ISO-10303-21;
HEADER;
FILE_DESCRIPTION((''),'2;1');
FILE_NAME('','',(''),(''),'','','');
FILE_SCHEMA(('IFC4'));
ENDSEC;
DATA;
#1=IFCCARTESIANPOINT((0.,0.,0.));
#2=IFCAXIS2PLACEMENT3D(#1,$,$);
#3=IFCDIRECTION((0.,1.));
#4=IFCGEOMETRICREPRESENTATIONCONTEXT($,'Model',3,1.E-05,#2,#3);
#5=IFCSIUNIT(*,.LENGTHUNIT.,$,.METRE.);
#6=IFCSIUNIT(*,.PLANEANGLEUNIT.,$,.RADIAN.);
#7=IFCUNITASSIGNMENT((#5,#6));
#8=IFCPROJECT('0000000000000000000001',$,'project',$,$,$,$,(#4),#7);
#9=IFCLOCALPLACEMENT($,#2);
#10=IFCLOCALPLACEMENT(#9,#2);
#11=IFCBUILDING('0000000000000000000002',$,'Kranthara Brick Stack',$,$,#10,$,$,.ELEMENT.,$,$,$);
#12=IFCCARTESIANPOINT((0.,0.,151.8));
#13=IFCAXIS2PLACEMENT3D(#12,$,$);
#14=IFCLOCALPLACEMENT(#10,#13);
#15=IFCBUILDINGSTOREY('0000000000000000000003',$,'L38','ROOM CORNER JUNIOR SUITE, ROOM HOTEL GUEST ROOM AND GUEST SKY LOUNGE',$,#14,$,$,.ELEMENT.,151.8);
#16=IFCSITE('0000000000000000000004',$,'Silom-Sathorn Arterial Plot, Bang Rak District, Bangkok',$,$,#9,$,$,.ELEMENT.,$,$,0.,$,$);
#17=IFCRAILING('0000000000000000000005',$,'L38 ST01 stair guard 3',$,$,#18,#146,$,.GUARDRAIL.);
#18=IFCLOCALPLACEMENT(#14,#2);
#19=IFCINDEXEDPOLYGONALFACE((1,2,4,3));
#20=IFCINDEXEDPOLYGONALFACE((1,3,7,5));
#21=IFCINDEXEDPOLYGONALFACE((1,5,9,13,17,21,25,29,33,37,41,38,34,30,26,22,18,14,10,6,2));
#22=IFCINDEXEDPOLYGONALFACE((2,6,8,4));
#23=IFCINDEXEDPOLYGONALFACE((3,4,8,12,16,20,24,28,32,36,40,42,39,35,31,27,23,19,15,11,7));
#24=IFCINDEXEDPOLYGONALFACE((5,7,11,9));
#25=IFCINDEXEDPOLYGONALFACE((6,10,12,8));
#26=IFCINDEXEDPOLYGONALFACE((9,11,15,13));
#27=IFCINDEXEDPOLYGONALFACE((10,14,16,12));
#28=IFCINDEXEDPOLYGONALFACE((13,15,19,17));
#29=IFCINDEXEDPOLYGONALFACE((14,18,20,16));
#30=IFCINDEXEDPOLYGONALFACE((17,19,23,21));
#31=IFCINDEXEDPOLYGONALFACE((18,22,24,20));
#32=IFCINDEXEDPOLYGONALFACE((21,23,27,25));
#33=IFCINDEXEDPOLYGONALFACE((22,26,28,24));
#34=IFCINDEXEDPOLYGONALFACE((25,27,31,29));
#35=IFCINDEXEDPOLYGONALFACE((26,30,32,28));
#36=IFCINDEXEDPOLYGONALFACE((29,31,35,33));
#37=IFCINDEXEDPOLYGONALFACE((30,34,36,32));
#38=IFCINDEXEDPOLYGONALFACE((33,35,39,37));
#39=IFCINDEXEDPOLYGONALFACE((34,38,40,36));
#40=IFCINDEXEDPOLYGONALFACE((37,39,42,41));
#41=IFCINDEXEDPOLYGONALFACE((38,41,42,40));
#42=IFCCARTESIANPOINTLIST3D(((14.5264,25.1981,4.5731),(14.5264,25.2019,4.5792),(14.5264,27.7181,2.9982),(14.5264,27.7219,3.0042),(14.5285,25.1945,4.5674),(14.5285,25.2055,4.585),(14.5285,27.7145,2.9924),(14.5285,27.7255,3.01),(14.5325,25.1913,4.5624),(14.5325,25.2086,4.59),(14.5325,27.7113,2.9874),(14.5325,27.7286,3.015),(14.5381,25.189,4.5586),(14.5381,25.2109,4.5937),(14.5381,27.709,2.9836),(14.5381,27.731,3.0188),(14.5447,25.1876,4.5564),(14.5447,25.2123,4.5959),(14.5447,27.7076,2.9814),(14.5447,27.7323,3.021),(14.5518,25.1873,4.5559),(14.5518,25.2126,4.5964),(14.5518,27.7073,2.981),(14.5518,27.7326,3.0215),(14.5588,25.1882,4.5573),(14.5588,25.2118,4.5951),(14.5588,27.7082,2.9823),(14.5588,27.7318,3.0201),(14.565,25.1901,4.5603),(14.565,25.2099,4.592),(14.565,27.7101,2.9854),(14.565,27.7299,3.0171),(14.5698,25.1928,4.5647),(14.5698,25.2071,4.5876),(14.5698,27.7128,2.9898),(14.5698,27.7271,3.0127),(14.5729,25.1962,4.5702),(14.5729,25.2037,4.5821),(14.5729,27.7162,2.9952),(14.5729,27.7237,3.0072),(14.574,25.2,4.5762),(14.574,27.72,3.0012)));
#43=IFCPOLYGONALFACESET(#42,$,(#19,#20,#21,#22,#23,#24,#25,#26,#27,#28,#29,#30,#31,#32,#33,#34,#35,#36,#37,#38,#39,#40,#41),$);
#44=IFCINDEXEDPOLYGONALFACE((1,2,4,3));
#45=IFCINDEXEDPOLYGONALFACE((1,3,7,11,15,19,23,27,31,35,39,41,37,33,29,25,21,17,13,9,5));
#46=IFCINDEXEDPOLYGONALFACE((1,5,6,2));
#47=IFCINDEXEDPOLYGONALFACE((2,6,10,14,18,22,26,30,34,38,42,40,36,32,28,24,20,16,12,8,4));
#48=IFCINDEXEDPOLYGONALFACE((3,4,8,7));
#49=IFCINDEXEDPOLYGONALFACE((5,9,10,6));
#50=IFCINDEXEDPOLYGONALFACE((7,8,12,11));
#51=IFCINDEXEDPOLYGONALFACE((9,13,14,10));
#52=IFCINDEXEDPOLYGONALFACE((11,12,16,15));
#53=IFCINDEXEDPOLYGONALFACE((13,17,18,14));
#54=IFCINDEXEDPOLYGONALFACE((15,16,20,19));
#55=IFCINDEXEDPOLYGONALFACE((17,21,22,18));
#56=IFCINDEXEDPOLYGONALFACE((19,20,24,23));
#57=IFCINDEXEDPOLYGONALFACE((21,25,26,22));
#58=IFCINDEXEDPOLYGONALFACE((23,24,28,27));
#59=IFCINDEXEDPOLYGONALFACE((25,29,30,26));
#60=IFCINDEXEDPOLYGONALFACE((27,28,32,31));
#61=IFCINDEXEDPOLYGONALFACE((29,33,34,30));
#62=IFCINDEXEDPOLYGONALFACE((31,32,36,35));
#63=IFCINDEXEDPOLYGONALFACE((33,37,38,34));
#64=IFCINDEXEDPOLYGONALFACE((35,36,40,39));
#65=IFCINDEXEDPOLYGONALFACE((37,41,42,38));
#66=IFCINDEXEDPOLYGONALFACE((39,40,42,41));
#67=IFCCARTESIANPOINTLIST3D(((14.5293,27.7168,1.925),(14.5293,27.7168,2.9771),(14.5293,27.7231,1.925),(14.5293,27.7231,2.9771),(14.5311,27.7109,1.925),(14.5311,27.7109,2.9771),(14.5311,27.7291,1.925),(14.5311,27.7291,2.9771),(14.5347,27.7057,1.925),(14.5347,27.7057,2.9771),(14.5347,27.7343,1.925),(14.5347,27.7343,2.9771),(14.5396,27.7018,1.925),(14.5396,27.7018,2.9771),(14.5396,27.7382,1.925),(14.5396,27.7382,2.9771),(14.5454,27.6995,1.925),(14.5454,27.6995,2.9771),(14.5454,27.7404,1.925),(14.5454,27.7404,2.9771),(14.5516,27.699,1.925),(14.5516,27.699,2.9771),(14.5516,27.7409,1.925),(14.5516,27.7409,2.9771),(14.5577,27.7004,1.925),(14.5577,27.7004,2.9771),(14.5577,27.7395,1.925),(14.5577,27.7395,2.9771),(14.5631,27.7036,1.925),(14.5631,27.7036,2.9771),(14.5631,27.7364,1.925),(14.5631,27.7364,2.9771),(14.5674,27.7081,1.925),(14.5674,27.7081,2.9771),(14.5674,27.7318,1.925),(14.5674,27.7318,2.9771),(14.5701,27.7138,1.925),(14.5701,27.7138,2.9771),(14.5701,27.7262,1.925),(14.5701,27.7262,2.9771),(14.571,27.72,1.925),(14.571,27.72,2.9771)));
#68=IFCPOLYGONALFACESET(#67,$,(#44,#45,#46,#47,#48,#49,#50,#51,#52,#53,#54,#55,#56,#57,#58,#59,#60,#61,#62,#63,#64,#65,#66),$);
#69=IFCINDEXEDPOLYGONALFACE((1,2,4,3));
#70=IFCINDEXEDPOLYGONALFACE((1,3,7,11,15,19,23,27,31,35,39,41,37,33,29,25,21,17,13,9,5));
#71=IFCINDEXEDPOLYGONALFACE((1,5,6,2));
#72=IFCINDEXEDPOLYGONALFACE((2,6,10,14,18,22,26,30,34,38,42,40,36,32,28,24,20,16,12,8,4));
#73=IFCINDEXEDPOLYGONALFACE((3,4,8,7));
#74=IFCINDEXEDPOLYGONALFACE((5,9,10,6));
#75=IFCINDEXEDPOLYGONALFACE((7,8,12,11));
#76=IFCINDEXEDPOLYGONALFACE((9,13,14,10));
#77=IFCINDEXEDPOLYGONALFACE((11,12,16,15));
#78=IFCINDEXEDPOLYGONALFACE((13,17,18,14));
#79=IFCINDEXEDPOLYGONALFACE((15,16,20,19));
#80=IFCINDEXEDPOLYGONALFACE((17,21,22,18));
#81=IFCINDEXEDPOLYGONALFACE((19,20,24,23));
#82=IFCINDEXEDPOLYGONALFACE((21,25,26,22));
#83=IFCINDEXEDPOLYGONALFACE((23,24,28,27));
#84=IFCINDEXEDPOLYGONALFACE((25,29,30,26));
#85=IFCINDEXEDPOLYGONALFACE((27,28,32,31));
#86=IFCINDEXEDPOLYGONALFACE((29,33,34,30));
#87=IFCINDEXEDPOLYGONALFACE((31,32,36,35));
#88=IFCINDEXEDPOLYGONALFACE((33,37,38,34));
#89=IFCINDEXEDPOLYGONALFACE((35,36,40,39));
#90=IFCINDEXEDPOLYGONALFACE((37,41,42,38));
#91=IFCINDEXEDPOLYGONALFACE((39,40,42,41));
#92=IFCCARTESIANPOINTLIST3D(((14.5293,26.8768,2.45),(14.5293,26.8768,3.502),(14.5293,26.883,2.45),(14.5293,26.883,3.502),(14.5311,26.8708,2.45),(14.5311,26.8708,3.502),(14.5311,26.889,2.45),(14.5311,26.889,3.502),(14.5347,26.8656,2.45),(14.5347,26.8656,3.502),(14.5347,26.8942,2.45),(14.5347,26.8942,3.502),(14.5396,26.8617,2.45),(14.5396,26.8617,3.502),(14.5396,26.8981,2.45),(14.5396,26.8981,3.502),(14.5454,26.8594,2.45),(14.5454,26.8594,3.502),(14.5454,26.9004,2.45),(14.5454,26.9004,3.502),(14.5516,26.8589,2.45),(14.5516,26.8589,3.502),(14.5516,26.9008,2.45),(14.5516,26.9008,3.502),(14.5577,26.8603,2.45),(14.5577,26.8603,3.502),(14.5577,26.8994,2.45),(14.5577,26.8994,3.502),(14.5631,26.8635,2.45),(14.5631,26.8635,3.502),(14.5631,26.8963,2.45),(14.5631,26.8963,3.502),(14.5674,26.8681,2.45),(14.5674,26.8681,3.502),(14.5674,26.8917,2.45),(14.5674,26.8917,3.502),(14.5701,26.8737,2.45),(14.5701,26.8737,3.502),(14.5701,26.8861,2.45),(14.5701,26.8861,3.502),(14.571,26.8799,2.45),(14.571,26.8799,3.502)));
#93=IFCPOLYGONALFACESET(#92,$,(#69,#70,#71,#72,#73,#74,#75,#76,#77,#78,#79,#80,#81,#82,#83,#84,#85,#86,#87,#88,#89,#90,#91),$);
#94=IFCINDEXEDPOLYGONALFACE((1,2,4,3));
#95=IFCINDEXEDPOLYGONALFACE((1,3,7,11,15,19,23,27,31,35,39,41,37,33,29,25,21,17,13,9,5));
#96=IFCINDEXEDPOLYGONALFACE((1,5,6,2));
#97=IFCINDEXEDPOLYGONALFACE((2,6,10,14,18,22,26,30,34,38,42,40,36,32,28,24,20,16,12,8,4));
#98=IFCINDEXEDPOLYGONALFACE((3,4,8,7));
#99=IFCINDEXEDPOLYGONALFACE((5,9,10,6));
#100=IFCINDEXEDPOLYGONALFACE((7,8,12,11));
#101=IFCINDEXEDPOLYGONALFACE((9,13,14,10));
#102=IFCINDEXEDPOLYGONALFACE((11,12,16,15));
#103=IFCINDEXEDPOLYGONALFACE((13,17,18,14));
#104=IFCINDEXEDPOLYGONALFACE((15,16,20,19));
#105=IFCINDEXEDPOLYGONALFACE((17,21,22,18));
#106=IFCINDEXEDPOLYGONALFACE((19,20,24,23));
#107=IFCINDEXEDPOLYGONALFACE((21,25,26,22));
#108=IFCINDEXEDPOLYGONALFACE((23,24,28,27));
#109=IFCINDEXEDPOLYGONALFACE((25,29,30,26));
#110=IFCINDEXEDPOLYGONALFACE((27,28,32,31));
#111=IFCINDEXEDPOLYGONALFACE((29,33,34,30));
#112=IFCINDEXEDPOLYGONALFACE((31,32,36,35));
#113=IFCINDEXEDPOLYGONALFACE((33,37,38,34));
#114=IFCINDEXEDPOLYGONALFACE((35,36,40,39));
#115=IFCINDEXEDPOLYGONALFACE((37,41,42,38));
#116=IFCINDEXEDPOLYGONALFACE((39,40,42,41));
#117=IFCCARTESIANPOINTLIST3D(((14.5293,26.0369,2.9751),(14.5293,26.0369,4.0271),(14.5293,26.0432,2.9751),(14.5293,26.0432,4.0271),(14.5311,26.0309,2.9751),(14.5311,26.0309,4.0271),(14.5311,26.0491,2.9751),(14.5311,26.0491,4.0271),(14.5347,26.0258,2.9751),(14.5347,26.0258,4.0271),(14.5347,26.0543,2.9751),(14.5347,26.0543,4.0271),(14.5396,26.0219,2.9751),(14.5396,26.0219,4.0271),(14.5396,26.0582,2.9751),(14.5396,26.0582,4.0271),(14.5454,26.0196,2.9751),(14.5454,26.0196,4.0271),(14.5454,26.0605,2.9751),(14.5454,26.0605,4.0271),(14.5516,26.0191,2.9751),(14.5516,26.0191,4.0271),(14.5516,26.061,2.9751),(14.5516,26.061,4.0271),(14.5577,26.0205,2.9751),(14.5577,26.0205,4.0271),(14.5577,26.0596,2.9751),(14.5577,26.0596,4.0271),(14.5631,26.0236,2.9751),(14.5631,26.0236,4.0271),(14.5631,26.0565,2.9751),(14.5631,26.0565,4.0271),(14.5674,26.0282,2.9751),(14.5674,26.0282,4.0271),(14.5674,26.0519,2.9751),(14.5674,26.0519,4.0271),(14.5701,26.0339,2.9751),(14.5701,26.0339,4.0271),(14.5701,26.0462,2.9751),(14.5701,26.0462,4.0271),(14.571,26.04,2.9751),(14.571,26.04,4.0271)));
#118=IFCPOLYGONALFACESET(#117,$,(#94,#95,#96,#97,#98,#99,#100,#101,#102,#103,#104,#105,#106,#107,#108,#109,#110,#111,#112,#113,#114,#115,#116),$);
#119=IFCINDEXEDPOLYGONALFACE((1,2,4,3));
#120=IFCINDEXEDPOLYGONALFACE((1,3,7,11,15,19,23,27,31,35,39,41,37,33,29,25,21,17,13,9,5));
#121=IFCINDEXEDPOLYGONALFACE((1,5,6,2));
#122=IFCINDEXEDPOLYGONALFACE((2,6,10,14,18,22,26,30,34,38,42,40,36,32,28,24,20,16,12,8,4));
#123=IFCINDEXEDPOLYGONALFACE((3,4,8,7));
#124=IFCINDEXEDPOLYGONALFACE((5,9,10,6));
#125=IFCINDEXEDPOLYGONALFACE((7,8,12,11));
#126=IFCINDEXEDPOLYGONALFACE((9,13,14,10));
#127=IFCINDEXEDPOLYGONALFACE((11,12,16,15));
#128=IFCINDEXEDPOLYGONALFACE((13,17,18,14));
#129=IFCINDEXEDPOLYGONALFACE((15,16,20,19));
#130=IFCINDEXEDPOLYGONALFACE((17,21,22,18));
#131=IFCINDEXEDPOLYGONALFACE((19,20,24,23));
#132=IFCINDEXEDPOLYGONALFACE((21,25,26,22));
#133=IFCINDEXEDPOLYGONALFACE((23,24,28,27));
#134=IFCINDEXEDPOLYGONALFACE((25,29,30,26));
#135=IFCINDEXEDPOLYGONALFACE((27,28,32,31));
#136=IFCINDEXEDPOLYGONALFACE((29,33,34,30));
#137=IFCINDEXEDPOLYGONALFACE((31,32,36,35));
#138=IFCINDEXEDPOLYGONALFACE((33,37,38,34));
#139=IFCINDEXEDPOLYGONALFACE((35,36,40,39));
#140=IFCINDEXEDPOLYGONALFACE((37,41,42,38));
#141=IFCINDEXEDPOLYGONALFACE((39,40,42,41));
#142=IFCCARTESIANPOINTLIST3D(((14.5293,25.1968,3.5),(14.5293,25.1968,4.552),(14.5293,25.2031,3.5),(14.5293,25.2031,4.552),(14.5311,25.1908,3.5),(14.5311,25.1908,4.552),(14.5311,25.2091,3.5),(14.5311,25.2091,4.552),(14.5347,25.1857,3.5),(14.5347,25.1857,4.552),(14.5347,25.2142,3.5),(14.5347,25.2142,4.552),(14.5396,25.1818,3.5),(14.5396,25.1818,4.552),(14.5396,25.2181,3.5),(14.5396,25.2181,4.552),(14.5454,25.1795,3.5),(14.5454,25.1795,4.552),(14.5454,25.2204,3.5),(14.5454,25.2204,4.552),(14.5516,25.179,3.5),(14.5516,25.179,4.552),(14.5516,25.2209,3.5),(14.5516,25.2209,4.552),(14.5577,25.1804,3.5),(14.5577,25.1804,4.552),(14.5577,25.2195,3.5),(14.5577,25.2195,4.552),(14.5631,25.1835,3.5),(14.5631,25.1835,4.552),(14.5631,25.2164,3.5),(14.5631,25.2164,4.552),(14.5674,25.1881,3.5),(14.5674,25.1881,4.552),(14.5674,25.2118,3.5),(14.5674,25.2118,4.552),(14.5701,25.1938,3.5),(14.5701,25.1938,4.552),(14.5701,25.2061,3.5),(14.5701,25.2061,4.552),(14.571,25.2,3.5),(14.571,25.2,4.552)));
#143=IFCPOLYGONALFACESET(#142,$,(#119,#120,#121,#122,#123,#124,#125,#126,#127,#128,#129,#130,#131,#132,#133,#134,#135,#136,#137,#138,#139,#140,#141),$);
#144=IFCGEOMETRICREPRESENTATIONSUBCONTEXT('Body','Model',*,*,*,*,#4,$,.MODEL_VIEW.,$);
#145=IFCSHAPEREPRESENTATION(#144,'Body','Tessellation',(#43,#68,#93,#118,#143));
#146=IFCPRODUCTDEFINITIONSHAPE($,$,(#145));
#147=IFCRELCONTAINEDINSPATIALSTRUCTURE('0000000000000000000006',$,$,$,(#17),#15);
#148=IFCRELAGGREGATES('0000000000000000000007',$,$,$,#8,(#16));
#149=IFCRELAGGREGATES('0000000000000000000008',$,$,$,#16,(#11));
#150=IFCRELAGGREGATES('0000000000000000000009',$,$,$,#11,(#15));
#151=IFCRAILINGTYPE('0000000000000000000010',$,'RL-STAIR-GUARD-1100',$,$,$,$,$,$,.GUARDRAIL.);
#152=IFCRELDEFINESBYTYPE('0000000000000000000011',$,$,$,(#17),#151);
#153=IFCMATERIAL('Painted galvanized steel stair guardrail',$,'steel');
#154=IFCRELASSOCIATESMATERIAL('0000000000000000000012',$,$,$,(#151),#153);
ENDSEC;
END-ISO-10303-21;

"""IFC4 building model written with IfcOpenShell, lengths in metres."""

from ifc_helpers import new_model, si_unit, direction, frame, origin, origin_2d, place, context, subcontext, project, spatial, circle, extrude, material, type_object, element, save


model = new_model("IFC4")

# Units and contexts
model_context = context("Model", 3, precision=1e-05, world=origin(), true_north=direction((0.0, 1.0)))
body_context = subcontext(model_context, "Body", "Model", "MODEL_VIEW")
ifc_project = project(units=[si_unit("LENGTHUNIT", "METRE"), si_unit("PLANEANGLEUNIT", "RADIAN")], contexts=[model_context])

# Site, building, storey
site_placement = place(None, origin())
site = spatial("IfcSite", under=ifc_project, at=site_placement, Name="Silom-Sathorn Arterial Plot, Bang Rak District, Bangkok", CompositionType="ELEMENT", RefElevation=0.0)
building_placement = place(site_placement, origin())
building = spatial("IfcBuilding", under=site, at=building_placement, Name="Kranthara Brick Stack", CompositionType="ELEMENT")
storey_placement = place(building_placement, frame((0.0, 0.0, 151.8)))
storey = spatial("IfcBuildingStorey", under=building, at=storey_placement, Name="L38", Description="ROOM CORNER JUNIOR SUITE, ROOM HOTEL GUEST ROOM AND GUEST SKY LOUNGE", CompositionType="ELEMENT", Elevation=151.8)

# Railing
ifc_material_1 = material(Name="Painted galvanized steel stair guardrail", Category="steel")
railing_type_1 = type_object("IfcRailingType", Name="RL-STAIR-GUARD-1100", PredefinedType="GUARDRAIL", material=ifc_material_1)
railing_1_placement = place(storey_placement, frame((14.55, 27.72, 1.925)))
element("IfcRailing", 1, at=railing_1_placement, inside=storey, type_object=railing_type_1, Name="L38 ST01 stair guard 3", PredefinedType="GUARDRAIL", context=body_context, shape_type="SweptSolid", body=[
    extrude(circle(Radius=0.0239, at=origin_2d()), frame((0.0, 0.0, 1.0762), z_axis=(0.0, -0.848008, 0.529984), x_axis=(1.0, 0.0, 0.0)), (0.0, 0.0, 1.0), 2.9717),
    extrude(circle(Radius=0.021, at=origin_2d()), origin(), (0.0, 0.0, 1.0), 1.052),
    extrude(circle(Radius=0.021, at=origin_2d()), frame((0.0, -0.8401, 0.5249)), (0.0, 0.0, 1.0), 1.052),
    extrude(circle(Radius=0.021, at=origin_2d()), frame((0.0, -1.6799, 1.05)), (0.0, 0.0, 1.0), 1.052),
    extrude(circle(Radius=0.021, at=origin_2d()), frame((0.0, -2.52, 1.575)), (0.0, 0.0, 1.0), 1.052),
])

save(model, "model.ifc")
